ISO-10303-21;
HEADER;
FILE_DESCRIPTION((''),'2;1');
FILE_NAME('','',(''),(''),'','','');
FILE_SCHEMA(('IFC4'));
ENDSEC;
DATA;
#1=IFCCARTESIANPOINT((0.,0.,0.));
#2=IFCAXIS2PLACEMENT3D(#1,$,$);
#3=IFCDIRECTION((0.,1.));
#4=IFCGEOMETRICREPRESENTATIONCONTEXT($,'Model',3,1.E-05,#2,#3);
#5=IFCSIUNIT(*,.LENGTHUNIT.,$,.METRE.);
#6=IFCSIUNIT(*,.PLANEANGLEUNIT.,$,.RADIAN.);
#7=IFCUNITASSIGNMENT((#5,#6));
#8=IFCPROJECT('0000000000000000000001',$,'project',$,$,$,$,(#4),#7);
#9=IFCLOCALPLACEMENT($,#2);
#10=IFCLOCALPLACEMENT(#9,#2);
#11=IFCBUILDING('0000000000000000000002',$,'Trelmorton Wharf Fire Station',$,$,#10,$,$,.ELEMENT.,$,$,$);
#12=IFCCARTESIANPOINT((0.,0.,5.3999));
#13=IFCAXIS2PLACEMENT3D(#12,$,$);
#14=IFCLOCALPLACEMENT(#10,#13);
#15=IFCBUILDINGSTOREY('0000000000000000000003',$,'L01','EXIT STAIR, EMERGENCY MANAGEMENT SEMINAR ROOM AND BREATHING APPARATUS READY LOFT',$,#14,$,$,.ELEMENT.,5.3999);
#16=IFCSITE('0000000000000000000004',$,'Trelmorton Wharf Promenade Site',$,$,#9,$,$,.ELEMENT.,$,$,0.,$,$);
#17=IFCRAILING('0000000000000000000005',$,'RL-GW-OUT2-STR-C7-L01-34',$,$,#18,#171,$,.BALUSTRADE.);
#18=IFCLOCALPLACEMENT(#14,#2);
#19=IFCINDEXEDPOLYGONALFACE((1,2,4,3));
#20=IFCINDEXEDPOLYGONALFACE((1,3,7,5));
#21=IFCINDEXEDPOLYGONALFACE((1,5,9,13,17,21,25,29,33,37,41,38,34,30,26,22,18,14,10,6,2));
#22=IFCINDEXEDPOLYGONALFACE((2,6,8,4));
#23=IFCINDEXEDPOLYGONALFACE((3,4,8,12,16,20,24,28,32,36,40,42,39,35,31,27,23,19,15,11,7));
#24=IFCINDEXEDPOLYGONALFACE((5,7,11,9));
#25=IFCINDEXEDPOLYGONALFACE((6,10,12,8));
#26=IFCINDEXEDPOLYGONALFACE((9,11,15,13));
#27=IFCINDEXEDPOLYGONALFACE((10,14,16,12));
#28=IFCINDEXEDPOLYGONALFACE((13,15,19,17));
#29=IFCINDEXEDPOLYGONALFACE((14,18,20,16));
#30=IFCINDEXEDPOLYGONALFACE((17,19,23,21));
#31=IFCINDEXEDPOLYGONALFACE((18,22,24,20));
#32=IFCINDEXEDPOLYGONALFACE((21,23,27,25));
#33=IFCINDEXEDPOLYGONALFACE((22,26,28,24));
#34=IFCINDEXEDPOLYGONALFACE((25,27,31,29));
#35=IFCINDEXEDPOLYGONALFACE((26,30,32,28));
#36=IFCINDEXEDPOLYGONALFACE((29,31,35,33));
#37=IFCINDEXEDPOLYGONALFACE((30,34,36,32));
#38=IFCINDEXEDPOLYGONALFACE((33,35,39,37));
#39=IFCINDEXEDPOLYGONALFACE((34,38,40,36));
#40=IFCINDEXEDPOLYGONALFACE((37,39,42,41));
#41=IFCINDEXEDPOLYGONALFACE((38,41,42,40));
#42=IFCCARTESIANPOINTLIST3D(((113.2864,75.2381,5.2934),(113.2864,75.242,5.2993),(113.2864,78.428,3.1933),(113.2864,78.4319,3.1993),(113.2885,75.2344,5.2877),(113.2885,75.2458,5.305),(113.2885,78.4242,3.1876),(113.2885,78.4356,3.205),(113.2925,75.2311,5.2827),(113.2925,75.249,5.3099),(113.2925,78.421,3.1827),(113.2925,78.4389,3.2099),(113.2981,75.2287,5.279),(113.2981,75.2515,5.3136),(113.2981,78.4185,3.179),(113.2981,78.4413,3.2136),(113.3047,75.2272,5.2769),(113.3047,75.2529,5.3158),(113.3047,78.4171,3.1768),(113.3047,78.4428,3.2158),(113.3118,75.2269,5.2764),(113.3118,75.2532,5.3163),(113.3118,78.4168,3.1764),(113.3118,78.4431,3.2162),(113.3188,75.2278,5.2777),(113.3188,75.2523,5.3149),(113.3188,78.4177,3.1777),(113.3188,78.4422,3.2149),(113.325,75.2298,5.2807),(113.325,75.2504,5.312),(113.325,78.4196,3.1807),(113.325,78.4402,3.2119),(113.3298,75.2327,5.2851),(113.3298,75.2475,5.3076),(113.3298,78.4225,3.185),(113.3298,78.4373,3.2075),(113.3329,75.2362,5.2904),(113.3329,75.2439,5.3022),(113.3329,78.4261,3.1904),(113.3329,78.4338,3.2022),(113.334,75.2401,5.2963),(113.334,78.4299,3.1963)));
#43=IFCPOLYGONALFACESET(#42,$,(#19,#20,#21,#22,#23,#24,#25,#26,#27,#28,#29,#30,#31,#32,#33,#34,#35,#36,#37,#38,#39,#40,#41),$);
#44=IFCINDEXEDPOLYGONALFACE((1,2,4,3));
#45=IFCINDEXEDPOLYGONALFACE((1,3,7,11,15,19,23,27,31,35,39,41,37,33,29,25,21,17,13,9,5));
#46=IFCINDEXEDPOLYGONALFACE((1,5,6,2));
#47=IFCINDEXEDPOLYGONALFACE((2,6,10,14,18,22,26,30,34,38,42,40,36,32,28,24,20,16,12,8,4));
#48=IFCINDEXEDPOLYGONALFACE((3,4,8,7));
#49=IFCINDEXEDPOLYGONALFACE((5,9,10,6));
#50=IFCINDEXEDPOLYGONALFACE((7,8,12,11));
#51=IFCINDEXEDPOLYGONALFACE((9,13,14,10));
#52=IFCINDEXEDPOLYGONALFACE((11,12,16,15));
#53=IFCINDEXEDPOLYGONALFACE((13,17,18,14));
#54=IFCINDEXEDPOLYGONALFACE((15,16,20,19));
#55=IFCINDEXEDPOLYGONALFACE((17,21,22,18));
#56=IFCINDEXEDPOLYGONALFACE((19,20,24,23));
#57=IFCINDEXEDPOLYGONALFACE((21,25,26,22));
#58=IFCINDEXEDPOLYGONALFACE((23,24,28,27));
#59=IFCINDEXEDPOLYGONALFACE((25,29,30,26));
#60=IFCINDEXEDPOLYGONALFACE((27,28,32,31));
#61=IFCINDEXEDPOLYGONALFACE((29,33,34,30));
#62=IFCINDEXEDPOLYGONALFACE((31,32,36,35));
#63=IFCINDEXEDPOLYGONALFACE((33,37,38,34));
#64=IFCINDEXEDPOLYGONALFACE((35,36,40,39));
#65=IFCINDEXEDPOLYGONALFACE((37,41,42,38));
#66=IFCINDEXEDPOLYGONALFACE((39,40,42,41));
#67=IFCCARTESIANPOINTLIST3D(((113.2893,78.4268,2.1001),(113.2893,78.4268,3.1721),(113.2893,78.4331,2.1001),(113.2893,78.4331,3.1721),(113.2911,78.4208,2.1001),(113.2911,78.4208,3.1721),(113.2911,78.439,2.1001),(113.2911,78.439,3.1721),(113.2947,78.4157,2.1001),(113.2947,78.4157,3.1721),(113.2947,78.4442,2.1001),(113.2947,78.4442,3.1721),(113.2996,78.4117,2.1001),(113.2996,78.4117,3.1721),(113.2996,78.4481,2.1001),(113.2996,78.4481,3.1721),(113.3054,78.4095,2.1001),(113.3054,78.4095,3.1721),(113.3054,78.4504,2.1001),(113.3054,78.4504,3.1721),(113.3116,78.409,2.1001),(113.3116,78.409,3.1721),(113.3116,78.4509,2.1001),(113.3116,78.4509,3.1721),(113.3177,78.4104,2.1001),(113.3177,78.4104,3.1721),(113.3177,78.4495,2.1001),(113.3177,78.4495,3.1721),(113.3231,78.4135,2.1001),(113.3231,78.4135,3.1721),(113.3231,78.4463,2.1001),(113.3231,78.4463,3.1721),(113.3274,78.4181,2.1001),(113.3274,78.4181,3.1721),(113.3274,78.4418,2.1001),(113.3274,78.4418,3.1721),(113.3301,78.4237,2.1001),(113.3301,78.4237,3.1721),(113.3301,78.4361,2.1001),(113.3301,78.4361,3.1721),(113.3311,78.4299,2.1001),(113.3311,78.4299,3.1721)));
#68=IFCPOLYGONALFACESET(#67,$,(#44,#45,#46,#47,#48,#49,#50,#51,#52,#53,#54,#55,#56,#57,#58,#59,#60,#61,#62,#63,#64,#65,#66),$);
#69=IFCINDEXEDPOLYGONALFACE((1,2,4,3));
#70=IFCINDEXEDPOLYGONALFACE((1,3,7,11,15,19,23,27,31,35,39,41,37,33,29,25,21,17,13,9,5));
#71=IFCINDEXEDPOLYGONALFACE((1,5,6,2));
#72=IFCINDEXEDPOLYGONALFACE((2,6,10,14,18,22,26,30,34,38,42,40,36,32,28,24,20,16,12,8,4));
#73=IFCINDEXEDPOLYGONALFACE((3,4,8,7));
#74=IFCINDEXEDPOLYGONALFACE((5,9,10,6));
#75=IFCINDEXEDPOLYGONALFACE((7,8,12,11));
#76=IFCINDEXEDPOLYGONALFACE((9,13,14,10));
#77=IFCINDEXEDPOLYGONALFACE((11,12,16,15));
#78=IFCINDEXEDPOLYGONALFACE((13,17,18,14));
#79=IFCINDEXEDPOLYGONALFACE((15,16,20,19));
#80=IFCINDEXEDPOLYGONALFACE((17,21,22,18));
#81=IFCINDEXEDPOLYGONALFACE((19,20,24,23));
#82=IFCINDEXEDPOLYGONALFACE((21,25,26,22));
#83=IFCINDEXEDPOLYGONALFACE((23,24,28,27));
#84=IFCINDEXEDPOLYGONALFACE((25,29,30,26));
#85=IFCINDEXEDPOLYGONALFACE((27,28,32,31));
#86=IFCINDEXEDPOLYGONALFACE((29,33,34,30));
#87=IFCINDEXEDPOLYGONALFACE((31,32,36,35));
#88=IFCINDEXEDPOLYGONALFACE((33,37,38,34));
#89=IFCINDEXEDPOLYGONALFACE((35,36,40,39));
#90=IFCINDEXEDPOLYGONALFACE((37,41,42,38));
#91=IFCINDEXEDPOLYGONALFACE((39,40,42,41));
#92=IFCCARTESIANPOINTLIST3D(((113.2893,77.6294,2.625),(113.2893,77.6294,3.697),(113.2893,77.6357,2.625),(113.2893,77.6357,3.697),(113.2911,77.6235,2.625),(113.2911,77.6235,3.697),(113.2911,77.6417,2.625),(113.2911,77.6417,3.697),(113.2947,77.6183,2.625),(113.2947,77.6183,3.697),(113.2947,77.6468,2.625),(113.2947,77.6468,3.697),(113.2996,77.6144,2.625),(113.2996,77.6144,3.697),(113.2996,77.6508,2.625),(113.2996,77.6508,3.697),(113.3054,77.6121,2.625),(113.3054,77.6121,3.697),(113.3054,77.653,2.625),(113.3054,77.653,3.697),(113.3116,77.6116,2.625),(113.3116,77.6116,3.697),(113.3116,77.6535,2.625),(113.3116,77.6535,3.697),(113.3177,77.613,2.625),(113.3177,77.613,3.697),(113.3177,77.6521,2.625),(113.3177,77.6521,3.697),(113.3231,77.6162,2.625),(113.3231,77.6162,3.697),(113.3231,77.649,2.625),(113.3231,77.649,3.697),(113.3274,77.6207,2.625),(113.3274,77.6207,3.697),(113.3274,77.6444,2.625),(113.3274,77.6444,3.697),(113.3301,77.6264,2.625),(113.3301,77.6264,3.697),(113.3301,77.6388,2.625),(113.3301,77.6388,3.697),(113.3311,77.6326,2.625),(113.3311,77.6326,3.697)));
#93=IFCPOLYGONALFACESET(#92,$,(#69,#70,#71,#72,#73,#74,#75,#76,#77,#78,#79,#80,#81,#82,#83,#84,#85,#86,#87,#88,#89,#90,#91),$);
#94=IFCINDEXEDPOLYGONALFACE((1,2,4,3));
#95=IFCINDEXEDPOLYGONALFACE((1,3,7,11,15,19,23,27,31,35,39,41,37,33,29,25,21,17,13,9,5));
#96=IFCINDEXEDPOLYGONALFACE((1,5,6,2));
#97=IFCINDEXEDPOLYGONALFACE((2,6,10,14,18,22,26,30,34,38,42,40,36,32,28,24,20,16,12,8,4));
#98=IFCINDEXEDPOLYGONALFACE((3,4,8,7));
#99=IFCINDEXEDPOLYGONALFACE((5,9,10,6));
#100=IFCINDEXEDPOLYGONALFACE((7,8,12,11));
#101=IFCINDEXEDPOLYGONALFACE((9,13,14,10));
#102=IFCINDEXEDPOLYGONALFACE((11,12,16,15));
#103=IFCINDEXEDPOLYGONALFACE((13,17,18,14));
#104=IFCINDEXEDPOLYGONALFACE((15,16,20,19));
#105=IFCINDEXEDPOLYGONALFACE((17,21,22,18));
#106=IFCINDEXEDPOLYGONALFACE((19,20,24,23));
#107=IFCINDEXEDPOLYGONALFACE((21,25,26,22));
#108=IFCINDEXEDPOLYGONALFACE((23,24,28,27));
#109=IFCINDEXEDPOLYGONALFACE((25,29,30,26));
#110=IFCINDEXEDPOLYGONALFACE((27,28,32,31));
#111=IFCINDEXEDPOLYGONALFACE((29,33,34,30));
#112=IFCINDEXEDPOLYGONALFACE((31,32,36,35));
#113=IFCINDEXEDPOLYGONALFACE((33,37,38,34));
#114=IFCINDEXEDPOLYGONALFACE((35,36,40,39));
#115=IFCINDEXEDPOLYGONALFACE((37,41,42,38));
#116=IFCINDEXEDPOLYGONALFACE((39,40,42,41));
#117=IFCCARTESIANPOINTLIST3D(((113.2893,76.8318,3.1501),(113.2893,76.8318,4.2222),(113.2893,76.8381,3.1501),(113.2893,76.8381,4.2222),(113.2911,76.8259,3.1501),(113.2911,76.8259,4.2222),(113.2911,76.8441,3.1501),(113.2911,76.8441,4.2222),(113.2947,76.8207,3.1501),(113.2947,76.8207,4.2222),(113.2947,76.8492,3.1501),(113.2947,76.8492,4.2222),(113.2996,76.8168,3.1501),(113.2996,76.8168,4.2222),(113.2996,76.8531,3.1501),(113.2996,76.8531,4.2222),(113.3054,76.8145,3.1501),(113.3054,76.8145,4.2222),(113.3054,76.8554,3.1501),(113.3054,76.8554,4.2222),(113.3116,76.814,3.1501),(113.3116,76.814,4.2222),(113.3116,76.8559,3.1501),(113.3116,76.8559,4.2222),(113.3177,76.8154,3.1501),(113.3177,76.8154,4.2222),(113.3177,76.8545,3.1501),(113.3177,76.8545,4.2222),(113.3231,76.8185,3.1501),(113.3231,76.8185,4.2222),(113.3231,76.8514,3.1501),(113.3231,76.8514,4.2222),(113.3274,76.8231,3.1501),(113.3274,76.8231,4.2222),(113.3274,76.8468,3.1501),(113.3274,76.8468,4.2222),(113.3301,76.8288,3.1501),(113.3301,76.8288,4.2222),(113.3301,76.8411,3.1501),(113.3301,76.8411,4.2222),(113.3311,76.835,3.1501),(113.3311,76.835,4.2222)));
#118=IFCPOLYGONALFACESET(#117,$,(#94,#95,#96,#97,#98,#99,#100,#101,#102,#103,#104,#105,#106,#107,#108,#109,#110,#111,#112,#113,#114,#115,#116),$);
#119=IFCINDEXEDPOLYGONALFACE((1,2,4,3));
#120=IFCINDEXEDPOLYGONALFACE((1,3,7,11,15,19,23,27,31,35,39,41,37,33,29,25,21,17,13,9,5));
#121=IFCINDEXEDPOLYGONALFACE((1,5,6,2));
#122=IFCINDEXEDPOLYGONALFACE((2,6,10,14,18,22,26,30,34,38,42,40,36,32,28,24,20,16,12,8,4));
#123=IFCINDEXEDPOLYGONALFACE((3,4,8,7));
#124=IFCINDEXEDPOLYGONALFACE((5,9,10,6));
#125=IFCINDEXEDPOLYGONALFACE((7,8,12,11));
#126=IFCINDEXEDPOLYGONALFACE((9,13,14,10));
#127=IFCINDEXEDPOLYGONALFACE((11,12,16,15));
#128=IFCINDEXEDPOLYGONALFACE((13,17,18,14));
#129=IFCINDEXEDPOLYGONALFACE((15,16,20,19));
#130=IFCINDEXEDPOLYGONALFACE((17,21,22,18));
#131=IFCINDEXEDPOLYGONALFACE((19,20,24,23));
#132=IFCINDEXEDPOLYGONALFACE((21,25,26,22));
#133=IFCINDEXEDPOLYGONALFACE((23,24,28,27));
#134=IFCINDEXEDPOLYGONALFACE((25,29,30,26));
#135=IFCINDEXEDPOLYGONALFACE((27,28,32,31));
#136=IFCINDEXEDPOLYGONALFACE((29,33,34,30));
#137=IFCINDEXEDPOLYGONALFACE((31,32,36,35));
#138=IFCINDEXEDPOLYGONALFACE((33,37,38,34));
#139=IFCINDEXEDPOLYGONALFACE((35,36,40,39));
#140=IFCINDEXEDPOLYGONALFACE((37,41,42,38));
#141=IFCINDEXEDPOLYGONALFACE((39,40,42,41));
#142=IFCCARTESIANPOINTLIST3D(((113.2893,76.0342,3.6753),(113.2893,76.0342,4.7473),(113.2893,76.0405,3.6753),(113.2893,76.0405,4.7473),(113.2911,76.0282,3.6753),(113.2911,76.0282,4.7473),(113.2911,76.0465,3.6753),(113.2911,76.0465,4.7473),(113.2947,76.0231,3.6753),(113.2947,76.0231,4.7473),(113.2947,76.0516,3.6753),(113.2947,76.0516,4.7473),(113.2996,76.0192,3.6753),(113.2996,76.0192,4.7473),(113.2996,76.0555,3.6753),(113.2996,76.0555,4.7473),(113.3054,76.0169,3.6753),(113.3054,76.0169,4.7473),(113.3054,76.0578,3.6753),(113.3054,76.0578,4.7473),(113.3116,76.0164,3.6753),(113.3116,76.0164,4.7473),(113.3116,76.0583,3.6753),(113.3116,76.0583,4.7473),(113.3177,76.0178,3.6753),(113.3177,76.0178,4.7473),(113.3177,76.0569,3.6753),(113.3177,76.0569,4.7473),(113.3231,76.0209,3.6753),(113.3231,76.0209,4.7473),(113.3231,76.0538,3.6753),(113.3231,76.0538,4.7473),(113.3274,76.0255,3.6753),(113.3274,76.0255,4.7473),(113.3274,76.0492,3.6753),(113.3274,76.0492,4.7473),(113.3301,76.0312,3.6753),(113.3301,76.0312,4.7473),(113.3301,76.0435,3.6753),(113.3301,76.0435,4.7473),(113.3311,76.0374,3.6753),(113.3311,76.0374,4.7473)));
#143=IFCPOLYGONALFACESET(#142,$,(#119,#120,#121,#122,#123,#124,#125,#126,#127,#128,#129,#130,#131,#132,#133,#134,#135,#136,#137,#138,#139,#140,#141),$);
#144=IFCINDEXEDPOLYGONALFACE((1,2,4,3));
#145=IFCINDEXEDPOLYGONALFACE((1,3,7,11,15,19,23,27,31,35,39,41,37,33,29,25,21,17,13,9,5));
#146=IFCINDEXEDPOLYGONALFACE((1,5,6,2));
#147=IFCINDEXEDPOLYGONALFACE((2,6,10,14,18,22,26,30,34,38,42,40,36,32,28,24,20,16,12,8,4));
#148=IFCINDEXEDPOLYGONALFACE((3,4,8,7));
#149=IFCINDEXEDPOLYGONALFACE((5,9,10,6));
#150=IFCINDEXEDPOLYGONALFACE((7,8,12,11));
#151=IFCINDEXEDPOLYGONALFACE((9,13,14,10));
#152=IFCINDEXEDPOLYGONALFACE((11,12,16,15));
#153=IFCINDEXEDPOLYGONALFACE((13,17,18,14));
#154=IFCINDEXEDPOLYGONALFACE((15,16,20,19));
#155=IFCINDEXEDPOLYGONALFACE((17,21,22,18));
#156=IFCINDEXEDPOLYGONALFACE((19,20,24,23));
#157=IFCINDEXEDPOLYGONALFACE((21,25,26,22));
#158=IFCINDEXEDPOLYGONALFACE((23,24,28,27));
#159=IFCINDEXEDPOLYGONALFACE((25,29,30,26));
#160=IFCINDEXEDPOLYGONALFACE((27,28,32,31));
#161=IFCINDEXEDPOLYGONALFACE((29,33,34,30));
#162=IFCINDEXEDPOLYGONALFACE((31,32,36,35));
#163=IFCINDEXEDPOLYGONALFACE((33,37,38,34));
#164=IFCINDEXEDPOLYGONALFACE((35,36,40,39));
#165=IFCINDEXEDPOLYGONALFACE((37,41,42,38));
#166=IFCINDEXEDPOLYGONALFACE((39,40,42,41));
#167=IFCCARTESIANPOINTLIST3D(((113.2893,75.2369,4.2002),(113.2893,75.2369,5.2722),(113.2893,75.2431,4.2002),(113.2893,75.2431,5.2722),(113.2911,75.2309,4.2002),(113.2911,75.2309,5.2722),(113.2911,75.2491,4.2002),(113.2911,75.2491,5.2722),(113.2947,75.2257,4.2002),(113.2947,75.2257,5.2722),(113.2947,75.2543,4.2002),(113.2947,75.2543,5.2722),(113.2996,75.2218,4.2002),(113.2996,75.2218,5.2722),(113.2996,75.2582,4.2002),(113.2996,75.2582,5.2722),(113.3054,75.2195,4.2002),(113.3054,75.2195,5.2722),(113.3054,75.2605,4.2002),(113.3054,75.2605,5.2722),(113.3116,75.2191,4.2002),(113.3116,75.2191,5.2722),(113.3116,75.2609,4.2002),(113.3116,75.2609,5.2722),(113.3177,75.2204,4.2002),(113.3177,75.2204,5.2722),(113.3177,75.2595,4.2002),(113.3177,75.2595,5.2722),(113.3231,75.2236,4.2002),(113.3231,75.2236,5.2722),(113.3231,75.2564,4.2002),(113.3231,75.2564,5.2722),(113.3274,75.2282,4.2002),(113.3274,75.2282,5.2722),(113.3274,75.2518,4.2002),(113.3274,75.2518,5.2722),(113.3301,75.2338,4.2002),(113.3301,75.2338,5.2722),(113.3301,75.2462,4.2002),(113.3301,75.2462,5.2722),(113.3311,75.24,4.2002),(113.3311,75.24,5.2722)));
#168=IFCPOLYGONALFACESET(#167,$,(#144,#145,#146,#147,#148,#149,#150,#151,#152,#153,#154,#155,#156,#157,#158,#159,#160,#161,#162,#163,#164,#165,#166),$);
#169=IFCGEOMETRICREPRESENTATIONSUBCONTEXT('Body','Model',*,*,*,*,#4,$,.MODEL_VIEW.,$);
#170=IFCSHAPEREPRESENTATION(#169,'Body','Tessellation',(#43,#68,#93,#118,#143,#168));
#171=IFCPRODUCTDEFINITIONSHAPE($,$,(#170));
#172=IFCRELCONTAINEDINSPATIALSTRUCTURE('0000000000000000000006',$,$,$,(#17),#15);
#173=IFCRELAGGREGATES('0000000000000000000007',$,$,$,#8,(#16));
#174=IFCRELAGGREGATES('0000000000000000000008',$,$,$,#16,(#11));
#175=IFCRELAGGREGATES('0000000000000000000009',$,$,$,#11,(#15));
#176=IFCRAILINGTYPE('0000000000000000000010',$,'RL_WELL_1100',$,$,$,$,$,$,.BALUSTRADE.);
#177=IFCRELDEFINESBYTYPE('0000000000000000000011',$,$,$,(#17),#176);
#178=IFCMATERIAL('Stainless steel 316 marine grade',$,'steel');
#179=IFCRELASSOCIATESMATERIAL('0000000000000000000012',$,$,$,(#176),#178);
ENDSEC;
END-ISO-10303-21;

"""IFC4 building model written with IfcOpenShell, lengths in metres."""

from ifc_helpers import new_model, si_unit, direction, frame, origin, origin_2d, place, context, subcontext, project, spatial, circle, extrude, material, type_object, element, save


model = new_model("IFC4")

# Units and contexts
model_context = context("Model", 3, precision=1e-05, world=origin(), true_north=direction((0.0, 1.0)))
body_context = subcontext(model_context, "Body", "Model", "MODEL_VIEW")
ifc_project = project(units=[si_unit("LENGTHUNIT", "METRE"), si_unit("PLANEANGLEUNIT", "RADIAN")], contexts=[model_context])

# Site, building, storey
site_placement = place(None, origin())
site = spatial("IfcSite", under=ifc_project, at=site_placement, Name="Trelmorton Wharf Promenade Site", CompositionType="ELEMENT", RefElevation=0.0)
building_placement = place(site_placement, origin())
building = spatial("IfcBuilding", under=site, at=building_placement, Name="Trelmorton Wharf Fire Station", CompositionType="ELEMENT")
storey_placement = place(building_placement, frame((0.0, 0.0, 5.3999)))
storey = spatial("IfcBuildingStorey", under=building, at=storey_placement, Name="L01", Description="EXIT STAIR, EMERGENCY MANAGEMENT SEMINAR ROOM AND BREATHING APPARATUS READY LOFT", CompositionType="ELEMENT", Elevation=5.3999)

# Shared definitions
ifc_material_1 = material(Name="Stainless steel 316 marine grade", Category="steel")

# Railing
railing_type_1 = type_object("IfcRailingType", Name="RL_WELL_1100", PredefinedType="BALUSTRADE", material=ifc_material_1)
railing_1_placement = place(storey_placement, frame((113.3101, 78.4299, 2.1001)))
element("IfcRailing", 1, at=railing_1_placement, inside=storey, type_object=railing_type_1, Name="RL-GW-OUT2-STR-C7-L01-34", PredefinedType="BALUSTRADE", context=body_context, shape_type="SweptSolid", body=[
    extrude(circle(Radius=0.0239, at=origin_2d()), frame((0.0, 0.0, 1.0962), z_axis=(0.0, -0.835242, 0.549882), x_axis=(1.0, 0.0, 0.0)), (0.0, 0.0, 1.0), 3.8191),
    extrude(circle(Radius=0.021, at=origin_2d()), origin(), (0.0, 0.0, 1.0), 1.072),
    extrude(circle(Radius=0.021, at=origin_2d()), frame((0.0, -0.7974, 0.5249)), (0.0, 0.0, 1.0), 1.072),
    extrude(circle(Radius=0.021, at=origin_2d()), frame((0.0, -1.595, 1.05)), (0.0, 0.0, 1.0), 1.072),
    extrude(circle(Radius=0.021, at=origin_2d()), frame((0.0, -2.3926, 1.5752)), (0.0, 0.0, 1.0), 1.072),
    extrude(circle(Radius=0.021, at=origin_2d()), frame((0.0, -3.1899, 2.1001)), (0.0, 0.0, 1.0), 1.072),
])

save(model, "model.ifc")
